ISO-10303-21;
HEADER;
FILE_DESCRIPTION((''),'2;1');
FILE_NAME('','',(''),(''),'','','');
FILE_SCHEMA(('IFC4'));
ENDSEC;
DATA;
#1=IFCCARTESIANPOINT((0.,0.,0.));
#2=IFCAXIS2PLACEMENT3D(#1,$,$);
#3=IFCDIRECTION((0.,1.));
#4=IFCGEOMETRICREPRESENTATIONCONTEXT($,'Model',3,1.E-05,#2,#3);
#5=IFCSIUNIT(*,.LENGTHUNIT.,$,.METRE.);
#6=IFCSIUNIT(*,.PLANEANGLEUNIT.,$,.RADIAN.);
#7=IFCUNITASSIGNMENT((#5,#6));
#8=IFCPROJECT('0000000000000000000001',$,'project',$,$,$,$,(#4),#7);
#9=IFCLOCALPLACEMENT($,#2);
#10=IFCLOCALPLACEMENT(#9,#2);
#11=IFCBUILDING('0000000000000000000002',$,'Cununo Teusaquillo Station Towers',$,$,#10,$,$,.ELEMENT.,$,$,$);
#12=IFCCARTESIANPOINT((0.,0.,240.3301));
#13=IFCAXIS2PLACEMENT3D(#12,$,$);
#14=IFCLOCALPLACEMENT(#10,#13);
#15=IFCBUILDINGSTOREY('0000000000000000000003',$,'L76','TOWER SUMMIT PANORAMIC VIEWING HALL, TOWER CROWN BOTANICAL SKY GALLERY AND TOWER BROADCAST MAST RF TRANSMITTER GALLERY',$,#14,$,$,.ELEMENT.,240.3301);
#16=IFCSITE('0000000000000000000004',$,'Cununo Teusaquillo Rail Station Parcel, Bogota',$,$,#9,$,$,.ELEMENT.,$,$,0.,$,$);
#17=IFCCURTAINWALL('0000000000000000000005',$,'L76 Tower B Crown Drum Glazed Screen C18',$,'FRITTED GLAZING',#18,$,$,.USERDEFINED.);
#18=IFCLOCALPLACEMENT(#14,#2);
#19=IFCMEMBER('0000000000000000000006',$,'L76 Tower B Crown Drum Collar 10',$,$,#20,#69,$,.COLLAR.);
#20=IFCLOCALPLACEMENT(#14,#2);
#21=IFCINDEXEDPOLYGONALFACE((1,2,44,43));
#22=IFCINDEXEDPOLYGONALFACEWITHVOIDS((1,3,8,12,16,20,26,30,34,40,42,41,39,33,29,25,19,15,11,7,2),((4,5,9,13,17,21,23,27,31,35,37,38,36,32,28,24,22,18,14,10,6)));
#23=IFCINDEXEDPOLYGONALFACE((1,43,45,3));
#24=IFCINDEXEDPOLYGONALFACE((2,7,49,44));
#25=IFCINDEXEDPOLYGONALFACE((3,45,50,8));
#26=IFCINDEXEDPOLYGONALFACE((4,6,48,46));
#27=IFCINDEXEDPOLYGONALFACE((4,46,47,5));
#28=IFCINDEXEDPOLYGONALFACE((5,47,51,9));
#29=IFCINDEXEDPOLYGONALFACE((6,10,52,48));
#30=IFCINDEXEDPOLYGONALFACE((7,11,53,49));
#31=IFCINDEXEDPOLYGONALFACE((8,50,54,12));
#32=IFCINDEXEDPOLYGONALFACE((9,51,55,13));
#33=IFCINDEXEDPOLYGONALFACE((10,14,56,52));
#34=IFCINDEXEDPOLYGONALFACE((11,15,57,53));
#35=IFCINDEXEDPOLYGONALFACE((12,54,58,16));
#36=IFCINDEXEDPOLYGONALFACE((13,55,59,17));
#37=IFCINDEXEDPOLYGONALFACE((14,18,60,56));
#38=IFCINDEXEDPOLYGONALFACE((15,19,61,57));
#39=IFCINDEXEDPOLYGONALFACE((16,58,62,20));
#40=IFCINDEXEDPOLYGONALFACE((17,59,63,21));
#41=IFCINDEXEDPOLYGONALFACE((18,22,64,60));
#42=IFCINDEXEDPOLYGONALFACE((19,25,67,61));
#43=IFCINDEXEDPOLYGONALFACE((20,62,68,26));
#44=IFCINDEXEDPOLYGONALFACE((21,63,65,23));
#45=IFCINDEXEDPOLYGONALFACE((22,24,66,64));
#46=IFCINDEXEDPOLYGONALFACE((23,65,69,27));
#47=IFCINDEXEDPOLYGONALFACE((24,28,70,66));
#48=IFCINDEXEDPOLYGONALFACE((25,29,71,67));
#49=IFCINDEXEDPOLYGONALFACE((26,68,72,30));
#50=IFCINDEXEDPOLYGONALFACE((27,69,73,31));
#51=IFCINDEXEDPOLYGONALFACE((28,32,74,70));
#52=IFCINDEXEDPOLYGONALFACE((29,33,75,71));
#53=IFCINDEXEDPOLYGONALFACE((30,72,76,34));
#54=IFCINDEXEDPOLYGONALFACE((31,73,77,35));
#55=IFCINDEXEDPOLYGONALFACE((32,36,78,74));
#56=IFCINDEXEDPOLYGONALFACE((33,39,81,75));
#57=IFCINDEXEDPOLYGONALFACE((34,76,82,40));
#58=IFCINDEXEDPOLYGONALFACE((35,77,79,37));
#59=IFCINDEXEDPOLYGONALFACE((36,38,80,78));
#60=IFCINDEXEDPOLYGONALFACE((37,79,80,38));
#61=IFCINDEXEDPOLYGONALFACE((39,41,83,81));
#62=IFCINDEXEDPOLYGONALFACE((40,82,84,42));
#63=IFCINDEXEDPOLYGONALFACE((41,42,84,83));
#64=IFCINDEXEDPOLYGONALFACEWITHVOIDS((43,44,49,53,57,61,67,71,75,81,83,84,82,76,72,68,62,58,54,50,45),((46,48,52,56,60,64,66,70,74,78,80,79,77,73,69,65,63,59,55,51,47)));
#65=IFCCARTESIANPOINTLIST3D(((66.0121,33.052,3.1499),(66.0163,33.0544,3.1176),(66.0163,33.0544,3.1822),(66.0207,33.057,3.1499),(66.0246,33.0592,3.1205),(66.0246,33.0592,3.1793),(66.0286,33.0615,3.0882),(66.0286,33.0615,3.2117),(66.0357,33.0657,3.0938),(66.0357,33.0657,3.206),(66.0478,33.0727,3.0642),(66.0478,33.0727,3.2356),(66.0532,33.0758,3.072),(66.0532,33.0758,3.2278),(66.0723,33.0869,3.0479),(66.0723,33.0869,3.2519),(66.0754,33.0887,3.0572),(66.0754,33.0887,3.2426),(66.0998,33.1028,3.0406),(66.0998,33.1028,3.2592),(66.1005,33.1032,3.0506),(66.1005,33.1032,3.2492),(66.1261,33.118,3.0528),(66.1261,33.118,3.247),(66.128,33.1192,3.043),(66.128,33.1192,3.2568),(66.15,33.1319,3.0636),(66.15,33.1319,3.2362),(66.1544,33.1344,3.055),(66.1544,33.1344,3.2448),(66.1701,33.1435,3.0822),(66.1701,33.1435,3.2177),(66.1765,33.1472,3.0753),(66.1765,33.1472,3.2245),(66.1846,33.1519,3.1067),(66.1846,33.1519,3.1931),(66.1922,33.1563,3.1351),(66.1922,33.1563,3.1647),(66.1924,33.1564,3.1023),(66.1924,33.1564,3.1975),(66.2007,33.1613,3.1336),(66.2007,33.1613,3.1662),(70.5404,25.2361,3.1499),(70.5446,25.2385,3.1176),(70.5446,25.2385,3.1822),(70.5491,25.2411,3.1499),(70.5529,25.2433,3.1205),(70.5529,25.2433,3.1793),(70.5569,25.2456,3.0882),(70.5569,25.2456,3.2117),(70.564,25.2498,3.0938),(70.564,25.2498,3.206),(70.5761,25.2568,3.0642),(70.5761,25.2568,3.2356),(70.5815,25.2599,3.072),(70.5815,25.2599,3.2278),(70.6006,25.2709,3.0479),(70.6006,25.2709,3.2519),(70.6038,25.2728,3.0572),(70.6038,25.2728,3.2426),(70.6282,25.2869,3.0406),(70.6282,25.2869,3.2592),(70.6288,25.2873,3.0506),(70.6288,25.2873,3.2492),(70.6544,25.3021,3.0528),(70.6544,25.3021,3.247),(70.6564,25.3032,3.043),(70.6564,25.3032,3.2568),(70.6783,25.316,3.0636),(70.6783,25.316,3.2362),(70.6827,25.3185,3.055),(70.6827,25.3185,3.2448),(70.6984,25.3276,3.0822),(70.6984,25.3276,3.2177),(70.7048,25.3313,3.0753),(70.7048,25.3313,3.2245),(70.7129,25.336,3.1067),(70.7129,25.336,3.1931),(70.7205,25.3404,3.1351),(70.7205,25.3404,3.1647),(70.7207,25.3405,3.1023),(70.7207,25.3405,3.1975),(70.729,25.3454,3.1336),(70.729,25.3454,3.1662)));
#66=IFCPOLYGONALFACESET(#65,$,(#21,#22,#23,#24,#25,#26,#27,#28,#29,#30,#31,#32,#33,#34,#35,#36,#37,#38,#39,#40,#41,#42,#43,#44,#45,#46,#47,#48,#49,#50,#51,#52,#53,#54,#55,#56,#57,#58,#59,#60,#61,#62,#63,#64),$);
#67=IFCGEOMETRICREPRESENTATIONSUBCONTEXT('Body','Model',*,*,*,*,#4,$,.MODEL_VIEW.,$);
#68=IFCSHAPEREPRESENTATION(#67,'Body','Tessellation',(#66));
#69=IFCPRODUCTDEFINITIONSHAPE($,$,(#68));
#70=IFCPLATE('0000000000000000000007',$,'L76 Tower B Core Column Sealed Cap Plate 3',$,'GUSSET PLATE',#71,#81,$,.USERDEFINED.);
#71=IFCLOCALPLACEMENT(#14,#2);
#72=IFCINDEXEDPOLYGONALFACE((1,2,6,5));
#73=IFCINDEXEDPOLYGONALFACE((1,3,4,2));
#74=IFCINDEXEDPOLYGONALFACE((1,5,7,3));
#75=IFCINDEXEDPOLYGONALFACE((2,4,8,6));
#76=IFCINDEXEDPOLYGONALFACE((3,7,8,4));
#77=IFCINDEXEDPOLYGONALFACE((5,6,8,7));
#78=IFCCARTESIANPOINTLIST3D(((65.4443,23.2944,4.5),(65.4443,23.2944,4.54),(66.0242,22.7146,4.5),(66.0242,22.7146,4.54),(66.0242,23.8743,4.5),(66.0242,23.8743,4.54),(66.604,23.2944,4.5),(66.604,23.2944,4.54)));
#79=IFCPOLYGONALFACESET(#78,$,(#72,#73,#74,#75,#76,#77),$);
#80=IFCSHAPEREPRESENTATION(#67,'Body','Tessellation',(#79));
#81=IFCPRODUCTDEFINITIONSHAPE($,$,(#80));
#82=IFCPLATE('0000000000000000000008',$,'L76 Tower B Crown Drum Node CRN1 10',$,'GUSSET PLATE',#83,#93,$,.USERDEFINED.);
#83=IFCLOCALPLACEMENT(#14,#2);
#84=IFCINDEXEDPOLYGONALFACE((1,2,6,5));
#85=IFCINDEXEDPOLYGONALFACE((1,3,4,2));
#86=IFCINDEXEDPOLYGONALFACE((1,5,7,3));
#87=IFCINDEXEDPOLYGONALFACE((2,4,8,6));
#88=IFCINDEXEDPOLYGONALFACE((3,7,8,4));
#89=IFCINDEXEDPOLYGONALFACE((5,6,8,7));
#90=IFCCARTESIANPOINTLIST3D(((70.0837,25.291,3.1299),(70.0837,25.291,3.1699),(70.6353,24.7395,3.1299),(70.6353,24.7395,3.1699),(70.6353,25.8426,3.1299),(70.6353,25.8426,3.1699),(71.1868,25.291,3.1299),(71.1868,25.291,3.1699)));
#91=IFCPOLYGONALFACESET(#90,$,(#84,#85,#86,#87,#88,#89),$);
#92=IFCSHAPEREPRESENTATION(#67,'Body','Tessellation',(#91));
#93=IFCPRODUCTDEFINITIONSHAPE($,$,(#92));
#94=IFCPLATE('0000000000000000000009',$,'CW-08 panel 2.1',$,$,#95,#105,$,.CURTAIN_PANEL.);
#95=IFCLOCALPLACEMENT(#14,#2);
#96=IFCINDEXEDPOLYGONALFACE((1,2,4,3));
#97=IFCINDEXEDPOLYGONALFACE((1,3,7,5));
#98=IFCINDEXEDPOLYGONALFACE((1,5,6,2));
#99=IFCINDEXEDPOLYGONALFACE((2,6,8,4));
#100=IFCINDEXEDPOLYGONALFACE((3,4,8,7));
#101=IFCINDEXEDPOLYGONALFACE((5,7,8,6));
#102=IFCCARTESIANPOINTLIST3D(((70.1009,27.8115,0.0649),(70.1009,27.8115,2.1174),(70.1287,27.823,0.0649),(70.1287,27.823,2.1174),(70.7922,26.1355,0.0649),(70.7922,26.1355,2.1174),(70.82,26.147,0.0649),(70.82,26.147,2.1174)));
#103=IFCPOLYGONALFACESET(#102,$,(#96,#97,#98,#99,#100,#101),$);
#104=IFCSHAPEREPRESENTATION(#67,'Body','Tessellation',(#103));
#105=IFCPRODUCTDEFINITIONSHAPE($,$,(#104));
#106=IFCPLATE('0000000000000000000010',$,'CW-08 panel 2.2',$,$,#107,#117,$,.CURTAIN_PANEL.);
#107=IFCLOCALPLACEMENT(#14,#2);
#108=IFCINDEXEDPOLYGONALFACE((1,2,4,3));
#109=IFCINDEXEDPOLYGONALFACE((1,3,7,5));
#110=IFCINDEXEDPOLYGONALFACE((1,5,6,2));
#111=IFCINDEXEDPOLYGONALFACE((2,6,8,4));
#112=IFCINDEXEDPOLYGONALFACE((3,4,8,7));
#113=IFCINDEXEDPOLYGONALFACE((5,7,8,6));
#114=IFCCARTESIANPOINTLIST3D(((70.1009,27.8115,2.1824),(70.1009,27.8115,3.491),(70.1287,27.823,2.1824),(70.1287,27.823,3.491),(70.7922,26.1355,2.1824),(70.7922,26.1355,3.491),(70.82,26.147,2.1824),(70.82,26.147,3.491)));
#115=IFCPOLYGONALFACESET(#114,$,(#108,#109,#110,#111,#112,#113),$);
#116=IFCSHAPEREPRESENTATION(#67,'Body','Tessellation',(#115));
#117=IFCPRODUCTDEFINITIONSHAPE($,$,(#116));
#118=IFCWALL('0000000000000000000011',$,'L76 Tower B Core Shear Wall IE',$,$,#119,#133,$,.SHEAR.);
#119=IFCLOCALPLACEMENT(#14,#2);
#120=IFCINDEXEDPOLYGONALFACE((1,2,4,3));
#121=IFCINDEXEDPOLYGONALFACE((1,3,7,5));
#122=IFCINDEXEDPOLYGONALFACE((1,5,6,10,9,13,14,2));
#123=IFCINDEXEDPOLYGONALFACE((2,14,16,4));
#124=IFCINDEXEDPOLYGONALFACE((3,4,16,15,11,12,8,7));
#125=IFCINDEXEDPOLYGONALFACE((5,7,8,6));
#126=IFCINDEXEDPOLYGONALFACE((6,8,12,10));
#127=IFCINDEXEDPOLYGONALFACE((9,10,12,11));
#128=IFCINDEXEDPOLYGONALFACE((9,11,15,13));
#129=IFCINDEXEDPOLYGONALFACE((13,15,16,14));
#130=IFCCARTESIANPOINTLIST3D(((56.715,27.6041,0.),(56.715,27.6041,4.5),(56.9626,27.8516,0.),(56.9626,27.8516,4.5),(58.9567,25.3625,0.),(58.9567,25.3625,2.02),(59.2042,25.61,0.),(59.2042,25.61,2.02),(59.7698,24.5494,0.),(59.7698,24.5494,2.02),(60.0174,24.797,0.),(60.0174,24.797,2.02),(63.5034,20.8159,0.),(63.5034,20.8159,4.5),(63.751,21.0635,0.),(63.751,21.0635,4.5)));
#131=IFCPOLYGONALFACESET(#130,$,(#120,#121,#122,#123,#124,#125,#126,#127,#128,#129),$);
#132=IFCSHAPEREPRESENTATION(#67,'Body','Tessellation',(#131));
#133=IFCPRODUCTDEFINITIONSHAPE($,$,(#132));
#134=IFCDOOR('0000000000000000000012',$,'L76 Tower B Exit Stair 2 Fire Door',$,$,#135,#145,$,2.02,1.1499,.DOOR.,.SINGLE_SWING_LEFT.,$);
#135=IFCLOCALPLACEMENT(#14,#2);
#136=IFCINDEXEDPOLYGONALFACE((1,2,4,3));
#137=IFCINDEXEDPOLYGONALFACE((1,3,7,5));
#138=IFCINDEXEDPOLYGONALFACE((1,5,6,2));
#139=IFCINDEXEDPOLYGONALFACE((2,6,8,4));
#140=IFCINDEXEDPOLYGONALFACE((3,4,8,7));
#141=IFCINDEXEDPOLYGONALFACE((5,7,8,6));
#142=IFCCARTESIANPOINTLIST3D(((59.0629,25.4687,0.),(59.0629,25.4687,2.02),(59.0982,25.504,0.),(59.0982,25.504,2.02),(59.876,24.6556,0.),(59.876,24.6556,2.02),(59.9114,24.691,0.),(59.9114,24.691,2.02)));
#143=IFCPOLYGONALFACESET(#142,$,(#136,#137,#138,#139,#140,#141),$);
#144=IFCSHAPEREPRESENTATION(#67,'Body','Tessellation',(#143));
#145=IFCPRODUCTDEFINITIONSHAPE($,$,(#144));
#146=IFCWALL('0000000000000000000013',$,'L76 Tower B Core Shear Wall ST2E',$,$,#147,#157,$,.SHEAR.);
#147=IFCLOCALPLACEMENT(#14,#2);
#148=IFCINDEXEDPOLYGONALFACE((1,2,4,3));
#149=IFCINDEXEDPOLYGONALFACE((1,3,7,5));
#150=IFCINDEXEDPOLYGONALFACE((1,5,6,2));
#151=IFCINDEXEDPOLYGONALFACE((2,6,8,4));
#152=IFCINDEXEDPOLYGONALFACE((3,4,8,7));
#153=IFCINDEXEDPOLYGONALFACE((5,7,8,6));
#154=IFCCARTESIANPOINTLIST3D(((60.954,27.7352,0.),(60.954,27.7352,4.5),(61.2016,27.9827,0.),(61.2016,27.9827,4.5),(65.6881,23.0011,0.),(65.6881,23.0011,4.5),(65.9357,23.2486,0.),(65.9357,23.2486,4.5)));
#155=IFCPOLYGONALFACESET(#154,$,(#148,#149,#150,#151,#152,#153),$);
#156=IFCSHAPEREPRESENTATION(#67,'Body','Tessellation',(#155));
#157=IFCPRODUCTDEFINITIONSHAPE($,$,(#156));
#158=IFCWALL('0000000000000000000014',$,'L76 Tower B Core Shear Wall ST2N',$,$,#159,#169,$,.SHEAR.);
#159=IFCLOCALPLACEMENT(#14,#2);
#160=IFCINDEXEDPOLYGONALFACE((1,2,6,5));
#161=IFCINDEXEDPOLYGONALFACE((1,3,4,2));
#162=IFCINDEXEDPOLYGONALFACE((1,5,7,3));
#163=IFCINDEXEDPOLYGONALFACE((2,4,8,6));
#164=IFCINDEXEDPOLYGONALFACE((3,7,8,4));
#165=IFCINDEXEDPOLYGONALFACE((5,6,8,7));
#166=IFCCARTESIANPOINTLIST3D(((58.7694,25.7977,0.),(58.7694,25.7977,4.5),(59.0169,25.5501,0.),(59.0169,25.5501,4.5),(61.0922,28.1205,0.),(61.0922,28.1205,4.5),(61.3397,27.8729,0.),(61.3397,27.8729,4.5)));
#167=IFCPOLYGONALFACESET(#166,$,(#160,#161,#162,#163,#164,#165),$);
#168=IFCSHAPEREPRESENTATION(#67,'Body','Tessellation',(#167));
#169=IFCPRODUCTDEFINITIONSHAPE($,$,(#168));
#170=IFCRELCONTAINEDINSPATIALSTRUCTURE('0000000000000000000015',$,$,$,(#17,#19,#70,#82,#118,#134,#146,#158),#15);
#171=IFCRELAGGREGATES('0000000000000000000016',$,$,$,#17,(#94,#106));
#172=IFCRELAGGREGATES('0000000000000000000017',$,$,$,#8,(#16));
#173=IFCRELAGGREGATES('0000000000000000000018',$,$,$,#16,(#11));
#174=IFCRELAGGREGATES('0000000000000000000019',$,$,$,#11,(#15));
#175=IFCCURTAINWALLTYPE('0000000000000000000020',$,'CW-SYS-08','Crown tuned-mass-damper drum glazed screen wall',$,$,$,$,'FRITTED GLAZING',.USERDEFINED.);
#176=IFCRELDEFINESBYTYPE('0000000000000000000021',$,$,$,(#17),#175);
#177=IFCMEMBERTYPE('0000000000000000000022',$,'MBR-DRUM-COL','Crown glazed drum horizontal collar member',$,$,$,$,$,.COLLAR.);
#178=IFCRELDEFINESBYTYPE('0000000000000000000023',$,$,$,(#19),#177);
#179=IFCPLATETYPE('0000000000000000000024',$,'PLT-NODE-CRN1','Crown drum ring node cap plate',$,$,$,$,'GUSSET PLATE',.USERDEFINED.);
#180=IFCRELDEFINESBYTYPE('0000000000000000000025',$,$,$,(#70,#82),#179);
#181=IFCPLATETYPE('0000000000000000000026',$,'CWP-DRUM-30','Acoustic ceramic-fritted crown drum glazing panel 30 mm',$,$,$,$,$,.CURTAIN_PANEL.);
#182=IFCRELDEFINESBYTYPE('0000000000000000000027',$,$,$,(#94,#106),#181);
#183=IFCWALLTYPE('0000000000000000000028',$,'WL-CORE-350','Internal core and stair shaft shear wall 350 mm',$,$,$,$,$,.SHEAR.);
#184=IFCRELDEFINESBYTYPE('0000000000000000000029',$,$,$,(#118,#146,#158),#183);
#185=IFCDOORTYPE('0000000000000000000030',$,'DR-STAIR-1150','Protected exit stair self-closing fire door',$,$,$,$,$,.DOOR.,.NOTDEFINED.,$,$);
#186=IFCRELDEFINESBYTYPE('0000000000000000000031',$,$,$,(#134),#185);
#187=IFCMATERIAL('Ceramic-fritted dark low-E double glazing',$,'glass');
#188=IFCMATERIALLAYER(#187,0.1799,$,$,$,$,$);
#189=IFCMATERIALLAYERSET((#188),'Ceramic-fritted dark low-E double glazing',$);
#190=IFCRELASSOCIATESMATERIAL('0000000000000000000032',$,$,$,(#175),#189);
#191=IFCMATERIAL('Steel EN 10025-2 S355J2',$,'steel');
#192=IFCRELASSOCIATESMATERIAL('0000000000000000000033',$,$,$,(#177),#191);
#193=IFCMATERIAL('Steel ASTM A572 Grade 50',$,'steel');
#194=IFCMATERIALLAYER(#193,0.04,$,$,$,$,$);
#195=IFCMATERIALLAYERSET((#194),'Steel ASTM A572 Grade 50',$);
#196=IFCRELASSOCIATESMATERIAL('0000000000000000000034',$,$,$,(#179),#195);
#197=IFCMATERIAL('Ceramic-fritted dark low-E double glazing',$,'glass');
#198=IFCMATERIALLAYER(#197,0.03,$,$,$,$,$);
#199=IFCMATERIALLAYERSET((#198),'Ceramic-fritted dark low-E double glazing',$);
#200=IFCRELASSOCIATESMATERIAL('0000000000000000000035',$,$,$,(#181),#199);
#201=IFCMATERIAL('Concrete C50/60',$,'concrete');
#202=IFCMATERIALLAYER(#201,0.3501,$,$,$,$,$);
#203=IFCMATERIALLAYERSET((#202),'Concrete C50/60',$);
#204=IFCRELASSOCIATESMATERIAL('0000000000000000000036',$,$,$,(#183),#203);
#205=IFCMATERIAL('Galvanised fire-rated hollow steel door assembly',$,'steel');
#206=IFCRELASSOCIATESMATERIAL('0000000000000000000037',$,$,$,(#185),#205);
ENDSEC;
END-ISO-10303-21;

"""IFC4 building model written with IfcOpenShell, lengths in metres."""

from ifc_helpers import new_model, si_unit, direction, frame, frame_2d, origin, origin_2d, place, context, subcontext, project, spatial, rectangle, hollow_circle, extrude, source, transform, mapped, material, layer, layer_set, material_profile, profile_set, type_object, element, fill, aggregate, save


model = new_model("IFC4")

# Units and contexts
model_context = context("Model", 3, precision=1e-05, world=origin(), true_north=direction((0.0, 1.0)))
body_context = subcontext(model_context, "Body", "Model", "MODEL_VIEW")
ifc_project = project(units=[si_unit("LENGTHUNIT", "METRE"), si_unit("PLANEANGLEUNIT", "RADIAN")], contexts=[model_context])

# Site, building, storey
site_placement = place(None, origin())
site = spatial("IfcSite", under=ifc_project, at=site_placement, Name="Cununo Teusaquillo Rail Station Parcel, Bogota", CompositionType="ELEMENT", RefElevation=0.0)
building_placement = place(site_placement, origin())
building = spatial("IfcBuilding", under=site, at=building_placement, Name="Cununo Teusaquillo Station Towers", CompositionType="ELEMENT")
storey_placement = place(building_placement, frame((0.0, 0.0, 240.3301)))
storey = spatial("IfcBuildingStorey", under=building, at=storey_placement, Name="L76", Description="TOWER SUMMIT PANORAMIC VIEWING HALL, TOWER CROWN BOTANICAL SKY GALLERY AND TOWER BROADCAST MAST RF TRANSMITTER GALLERY", CompositionType="ELEMENT", Elevation=240.3301)

# Curtain wall
ifc_material_1 = material(Name="Ceramic-fritted dark low-E double glazing", Category="glass")
ifc_layer_1 = layer(ifc_material_1, 0.1799)
ifc_layer_set_1 = layer_set([ifc_layer_1], Name="Ceramic-fritted dark low-E double glazing")
curtain_wall_type = type_object("IfcCurtainWallType", Name="CW-SYS-08", Description="Crown tuned-mass-damper drum glazed screen wall", ElementType="FRITTED GLAZING", PredefinedType="USERDEFINED", material=ifc_layer_set_1)
curtain_wall_placement = place(storey_placement, origin())
curtain_wall = element("IfcCurtainWall", 1, at=curtain_wall_placement, inside=storey, type_object=curtain_wall_type, Name="L76 Tower B Crown Drum Glazed Screen C18", ObjectType="FRITTED GLAZING", PredefinedType="USERDEFINED")

# Member
ifc_material_2 = material(Name="Steel EN 10025-2 S355J2", Category="steel")
ifc_material_profile_1 = material_profile(ifc_material_2, hollow_circle(Radius=0.1096, WallThickness=0.01, at=origin_2d()), Name="CHS 219x10")
ifc_profile_set_1 = profile_set([ifc_material_profile_1], Name="Steel EN 10025-2 S355J2")
member_type_1 = type_object("IfcMemberType", Name="MBR-DRUM-COL", Description="Crown glazed drum horizontal collar member", PredefinedType="COLLAR", material=ifc_profile_set_1)
member_1_placement = place(storey_placement, frame((70.6353, 25.291, 3.1499), z_axis=(-0.501311, 0.865267, 0.0), x_axis=(-0.865267, -0.501311, 0.0)))
element("IfcMember", 2, at=member_1_placement, inside=storey, type_object=member_type_1, Name="L76 Tower B Crown Drum Collar 10", PredefinedType="COLLAR", context=body_context, shape_type="SweptSolid", body=[
    extrude(hollow_circle(Radius=0.1096, WallThickness=0.01, at=origin_2d()), origin(), (0.0, 0.0, 1.0), 9.033),
])

# Plates
ifc_material_3 = material(Name="Steel ASTM A572 Grade 50", Category="steel")
ifc_layer_2 = layer(ifc_material_3, 0.04)
ifc_layer_set_2 = layer_set([ifc_layer_2], Name="Steel ASTM A572 Grade 50")
plate_type_1 = type_object("IfcPlateType", Name="PLT-NODE-CRN1", Description="Crown drum ring node cap plate", ElementType="GUSSET PLATE", PredefinedType="USERDEFINED", material=ifc_layer_set_2)
shared_shape_1 = source(origin(), body_context, "Body", "SweptSolid", [
    extrude(rectangle(XDim=0.8201, YDim=0.8201, at=origin_2d()), origin(), (0.0, 0.0, 1.0), 0.04),
])
plate_1_placement = place(storey_placement, frame((66.0242, 23.2944, 4.5), z_axis=(0.0, 0.0, 1.0), x_axis=(0.707107, 0.707107, 0.0)))
element("IfcPlate", 3, at=plate_1_placement, inside=storey, type_object=plate_type_1, Name="L76 Tower B Core Column Sealed Cap Plate 3", ObjectType="GUSSET PLATE", PredefinedType="USERDEFINED", context=body_context, shape_type="MappedRepresentation", body=[
    mapped(shared_shape_1, transform((0.0, 0.0, 0.0), x_axis=(1.0, 0.0, 0.0), y_axis=(0.0, 1.0, 0.0), z_axis=(0.0, 0.0, 1.0), scale=1.0)),
])
shared_shape_2 = source(origin(), body_context, "Body", "SweptSolid", [
    extrude(rectangle(XDim=0.78, YDim=0.78, at=origin_2d()), origin(), (0.0, 0.0, 1.0), 0.04),
])
plate_2_placement = place(storey_placement, frame((70.6353, 25.291, 3.1299), z_axis=(0.0, 0.0, 1.0), x_axis=(0.707107, 0.707107, 0.0)))
element("IfcPlate", 4, at=plate_2_placement, inside=storey, type_object=plate_type_1, Name="L76 Tower B Crown Drum Node CRN1 10", ObjectType="GUSSET PLATE", PredefinedType="USERDEFINED", context=body_context, shape_type="MappedRepresentation", body=[
    mapped(shared_shape_2, transform((0.0, 0.0, 0.0), x_axis=(1.0, 0.0, 0.0), y_axis=(0.0, 1.0, 0.0), z_axis=(0.0, 0.0, 1.0), scale=1.0)),
])

# Plates
ifc_material_4 = material(Name="Ceramic-fritted dark low-E double glazing", Category="glass")
ifc_layer_3 = layer(ifc_material_4, 0.03)
ifc_layer_set_3 = layer_set([ifc_layer_3], Name="Ceramic-fritted dark low-E double glazing")
plate_type_2 = type_object("IfcPlateType", Name="CWP-DRUM-30", Description="Acoustic ceramic-fritted crown drum glazing panel 30 mm", PredefinedType="CURTAIN_PANEL", material=ifc_layer_set_3)
shared_shape_3 = source(origin(), body_context, "Body", "SweptSolid", [
    extrude(rectangle(XDim=1.813, YDim=0.03, at=origin_2d()), origin(), (0.0, 0.0, 1.0), 2.0525),
])
plate_3_placement = place(storey_placement, frame((70.4604, 26.9792, 0.0649), z_axis=(0.0, 0.0, 1.0), x_axis=(0.381311, -0.924447, 0.0)))
plate_3 = element("IfcPlate", 5, at=plate_3_placement, type_object=plate_type_2, Name="CW-08 panel 2.1", PredefinedType="CURTAIN_PANEL", context=body_context, shape_type="MappedRepresentation", body=[
    mapped(shared_shape_3, transform((0.0, 0.0, 0.0), x_axis=(1.0, 0.0, 0.0), y_axis=(0.0, 1.0, 0.0), z_axis=(0.0, 0.0, 1.0), scale=1.0)),
])
shared_shape_4 = source(origin(), body_context, "Body", "SweptSolid", [
    extrude(rectangle(XDim=1.813, YDim=0.03, at=origin_2d()), origin(), (0.0, 0.0, 1.0), 1.3086),
])
plate_4_placement = place(storey_placement, frame((70.4604, 26.9792, 2.1824), z_axis=(0.0, 0.0, 1.0), x_axis=(0.381311, -0.924447, 0.0)))
plate_4 = element("IfcPlate", 6, at=plate_4_placement, type_object=plate_type_2, Name="CW-08 panel 2.2", PredefinedType="CURTAIN_PANEL", context=body_context, shape_type="MappedRepresentation", body=[
    mapped(shared_shape_4, transform((0.0, 0.0, 0.0), x_axis=(1.0, 0.0, 0.0), y_axis=(0.0, 1.0, 0.0), z_axis=(0.0, 0.0, 1.0), scale=1.0)),
])
aggregate(curtain_wall, [plate_3, plate_4])

# Wall, opening, door
ifc_material_5 = material(Name="Concrete C50/60", Category="concrete")
ifc_layer_4 = layer(ifc_material_5, 0.3501)
ifc_layer_set_4 = layer_set([ifc_layer_4], Name="Concrete C50/60")
wall_type_1 = type_object("IfcWallType", Name="WL-CORE-350", Description="Internal core and stair shaft shear wall 350 mm", PredefinedType="SHEAR", material=ifc_layer_set_4)
wall_1_placement = place(storey_placement, frame((63.6272, 20.9397, 0.0), z_axis=(0.0, 0.0, 1.0), x_axis=(-0.707119, 0.707094, 0.0)))
wall_1 = element("IfcWall", 7, at=wall_1_placement, inside=storey, type_object=wall_type_1, Name="L76 Tower B Core Shear Wall IE", PredefinedType="SHEAR", context=body_context, shape_type="SweptSolid", body=[
    extrude(rectangle(XDim=9.6001, YDim=0.3501, at=frame_2d((4.8, 0.0))), origin(), (0.0, 0.0, 1.0), 4.5),
])
shared_shape_5 = source(origin(), body_context, "Body", "SweptSolid", [
    extrude(rectangle(XDim=1.1499, YDim=2.02, at=frame_2d((0.575, 1.01))), frame((0.0, 0.1851, 0.0), z_axis=(0.0, -1.0, 0.0), x_axis=(1.0, 0.0, 0.0)), (0.0, 0.0, 1.0), 0.3701),
])
opening_1_placement = place(wall_1_placement, frame((5.28, 0.0, 0.0)))
opening_1 = element("IfcOpeningElement", 8, at=opening_1_placement, cuts=wall_1, PredefinedType="OPENING", context=body_context, shape_type="MappedRepresentation", body=[
    mapped(shared_shape_5, transform((0.0, 0.0, 0.0), x_axis=(1.0, 0.0, 0.0), y_axis=(0.0, 1.0, 0.0), z_axis=(0.0, 0.0, 1.0), scale=1.0)),
])
ifc_material_6 = material(Name="Galvanised fire-rated hollow steel door assembly", Category="steel")
door_type_1 = type_object("IfcDoorType", Name="DR-STAIR-1150", Description="Protected exit stair self-closing fire door", OperationType="NOTDEFINED", PredefinedType="DOOR", material=ifc_material_6)
shared_shape_6 = source(origin(), body_context, "Body", "SweptSolid", [
    extrude(rectangle(XDim=1.1499, YDim=2.02, at=frame_2d((0.575, 1.01))), frame((0.0, 0.0249, 0.0), z_axis=(0.0, -1.0, 0.0), x_axis=(1.0, 0.0, 0.0)), (0.0, 0.0, 1.0), 0.05),
])
door_1_placement = place(opening_1_placement, origin())
door_1 = element("IfcDoor", 9, at=door_1_placement, inside=storey, type_object=door_type_1, Name="L76 Tower B Exit Stair 2 Fire Door", OperationType="SINGLE_SWING_LEFT", OverallHeight=2.02, OverallWidth=1.1499, PredefinedType="DOOR", context=body_context, shape_type="MappedRepresentation", body=[
    mapped(shared_shape_6, transform((0.0, 0.0, 0.0), x_axis=(1.0, 0.0, 0.0), y_axis=(0.0, 1.0, 0.0), z_axis=(0.0, 0.0, 1.0), scale=1.0)),
])
fill(opening_1, door_1)

# Walls
wall_2_placement = place(storey_placement, frame((65.812, 23.1248, 0.0), z_axis=(0.0, 0.0, 1.0), x_axis=(-0.707107, 0.707107, 0.0)))
element("IfcWall", 10, at=wall_2_placement, inside=storey, type_object=wall_type_1, Name="L76 Tower B Core Shear Wall ST2E", PredefinedType="SHEAR", context=body_context, shape_type="SweptSolid", body=[
    extrude(rectangle(XDim=6.6951, YDim=0.3501, at=frame_2d((3.3477, 0.0))), origin(), (0.0, 0.0, 1.0), 4.5),
])
wall_3_placement = place(storey_placement, frame((58.8931, 25.6738, 0.0), z_axis=(0.0, 0.0, 1.0), x_axis=(0.707107, 0.707107, 0.0)))
element("IfcWall", 11, at=wall_3_placement, inside=storey, type_object=wall_type_1, Name="L76 Tower B Core Shear Wall ST2N", PredefinedType="SHEAR", context=body_context, shape_type="SweptSolid", body=[
    extrude(rectangle(XDim=3.2849, YDim=0.3501, at=frame_2d((1.6426, 0.0))), origin(), (0.0, 0.0, 1.0), 4.5),
])

save(model, "model.ifc")
